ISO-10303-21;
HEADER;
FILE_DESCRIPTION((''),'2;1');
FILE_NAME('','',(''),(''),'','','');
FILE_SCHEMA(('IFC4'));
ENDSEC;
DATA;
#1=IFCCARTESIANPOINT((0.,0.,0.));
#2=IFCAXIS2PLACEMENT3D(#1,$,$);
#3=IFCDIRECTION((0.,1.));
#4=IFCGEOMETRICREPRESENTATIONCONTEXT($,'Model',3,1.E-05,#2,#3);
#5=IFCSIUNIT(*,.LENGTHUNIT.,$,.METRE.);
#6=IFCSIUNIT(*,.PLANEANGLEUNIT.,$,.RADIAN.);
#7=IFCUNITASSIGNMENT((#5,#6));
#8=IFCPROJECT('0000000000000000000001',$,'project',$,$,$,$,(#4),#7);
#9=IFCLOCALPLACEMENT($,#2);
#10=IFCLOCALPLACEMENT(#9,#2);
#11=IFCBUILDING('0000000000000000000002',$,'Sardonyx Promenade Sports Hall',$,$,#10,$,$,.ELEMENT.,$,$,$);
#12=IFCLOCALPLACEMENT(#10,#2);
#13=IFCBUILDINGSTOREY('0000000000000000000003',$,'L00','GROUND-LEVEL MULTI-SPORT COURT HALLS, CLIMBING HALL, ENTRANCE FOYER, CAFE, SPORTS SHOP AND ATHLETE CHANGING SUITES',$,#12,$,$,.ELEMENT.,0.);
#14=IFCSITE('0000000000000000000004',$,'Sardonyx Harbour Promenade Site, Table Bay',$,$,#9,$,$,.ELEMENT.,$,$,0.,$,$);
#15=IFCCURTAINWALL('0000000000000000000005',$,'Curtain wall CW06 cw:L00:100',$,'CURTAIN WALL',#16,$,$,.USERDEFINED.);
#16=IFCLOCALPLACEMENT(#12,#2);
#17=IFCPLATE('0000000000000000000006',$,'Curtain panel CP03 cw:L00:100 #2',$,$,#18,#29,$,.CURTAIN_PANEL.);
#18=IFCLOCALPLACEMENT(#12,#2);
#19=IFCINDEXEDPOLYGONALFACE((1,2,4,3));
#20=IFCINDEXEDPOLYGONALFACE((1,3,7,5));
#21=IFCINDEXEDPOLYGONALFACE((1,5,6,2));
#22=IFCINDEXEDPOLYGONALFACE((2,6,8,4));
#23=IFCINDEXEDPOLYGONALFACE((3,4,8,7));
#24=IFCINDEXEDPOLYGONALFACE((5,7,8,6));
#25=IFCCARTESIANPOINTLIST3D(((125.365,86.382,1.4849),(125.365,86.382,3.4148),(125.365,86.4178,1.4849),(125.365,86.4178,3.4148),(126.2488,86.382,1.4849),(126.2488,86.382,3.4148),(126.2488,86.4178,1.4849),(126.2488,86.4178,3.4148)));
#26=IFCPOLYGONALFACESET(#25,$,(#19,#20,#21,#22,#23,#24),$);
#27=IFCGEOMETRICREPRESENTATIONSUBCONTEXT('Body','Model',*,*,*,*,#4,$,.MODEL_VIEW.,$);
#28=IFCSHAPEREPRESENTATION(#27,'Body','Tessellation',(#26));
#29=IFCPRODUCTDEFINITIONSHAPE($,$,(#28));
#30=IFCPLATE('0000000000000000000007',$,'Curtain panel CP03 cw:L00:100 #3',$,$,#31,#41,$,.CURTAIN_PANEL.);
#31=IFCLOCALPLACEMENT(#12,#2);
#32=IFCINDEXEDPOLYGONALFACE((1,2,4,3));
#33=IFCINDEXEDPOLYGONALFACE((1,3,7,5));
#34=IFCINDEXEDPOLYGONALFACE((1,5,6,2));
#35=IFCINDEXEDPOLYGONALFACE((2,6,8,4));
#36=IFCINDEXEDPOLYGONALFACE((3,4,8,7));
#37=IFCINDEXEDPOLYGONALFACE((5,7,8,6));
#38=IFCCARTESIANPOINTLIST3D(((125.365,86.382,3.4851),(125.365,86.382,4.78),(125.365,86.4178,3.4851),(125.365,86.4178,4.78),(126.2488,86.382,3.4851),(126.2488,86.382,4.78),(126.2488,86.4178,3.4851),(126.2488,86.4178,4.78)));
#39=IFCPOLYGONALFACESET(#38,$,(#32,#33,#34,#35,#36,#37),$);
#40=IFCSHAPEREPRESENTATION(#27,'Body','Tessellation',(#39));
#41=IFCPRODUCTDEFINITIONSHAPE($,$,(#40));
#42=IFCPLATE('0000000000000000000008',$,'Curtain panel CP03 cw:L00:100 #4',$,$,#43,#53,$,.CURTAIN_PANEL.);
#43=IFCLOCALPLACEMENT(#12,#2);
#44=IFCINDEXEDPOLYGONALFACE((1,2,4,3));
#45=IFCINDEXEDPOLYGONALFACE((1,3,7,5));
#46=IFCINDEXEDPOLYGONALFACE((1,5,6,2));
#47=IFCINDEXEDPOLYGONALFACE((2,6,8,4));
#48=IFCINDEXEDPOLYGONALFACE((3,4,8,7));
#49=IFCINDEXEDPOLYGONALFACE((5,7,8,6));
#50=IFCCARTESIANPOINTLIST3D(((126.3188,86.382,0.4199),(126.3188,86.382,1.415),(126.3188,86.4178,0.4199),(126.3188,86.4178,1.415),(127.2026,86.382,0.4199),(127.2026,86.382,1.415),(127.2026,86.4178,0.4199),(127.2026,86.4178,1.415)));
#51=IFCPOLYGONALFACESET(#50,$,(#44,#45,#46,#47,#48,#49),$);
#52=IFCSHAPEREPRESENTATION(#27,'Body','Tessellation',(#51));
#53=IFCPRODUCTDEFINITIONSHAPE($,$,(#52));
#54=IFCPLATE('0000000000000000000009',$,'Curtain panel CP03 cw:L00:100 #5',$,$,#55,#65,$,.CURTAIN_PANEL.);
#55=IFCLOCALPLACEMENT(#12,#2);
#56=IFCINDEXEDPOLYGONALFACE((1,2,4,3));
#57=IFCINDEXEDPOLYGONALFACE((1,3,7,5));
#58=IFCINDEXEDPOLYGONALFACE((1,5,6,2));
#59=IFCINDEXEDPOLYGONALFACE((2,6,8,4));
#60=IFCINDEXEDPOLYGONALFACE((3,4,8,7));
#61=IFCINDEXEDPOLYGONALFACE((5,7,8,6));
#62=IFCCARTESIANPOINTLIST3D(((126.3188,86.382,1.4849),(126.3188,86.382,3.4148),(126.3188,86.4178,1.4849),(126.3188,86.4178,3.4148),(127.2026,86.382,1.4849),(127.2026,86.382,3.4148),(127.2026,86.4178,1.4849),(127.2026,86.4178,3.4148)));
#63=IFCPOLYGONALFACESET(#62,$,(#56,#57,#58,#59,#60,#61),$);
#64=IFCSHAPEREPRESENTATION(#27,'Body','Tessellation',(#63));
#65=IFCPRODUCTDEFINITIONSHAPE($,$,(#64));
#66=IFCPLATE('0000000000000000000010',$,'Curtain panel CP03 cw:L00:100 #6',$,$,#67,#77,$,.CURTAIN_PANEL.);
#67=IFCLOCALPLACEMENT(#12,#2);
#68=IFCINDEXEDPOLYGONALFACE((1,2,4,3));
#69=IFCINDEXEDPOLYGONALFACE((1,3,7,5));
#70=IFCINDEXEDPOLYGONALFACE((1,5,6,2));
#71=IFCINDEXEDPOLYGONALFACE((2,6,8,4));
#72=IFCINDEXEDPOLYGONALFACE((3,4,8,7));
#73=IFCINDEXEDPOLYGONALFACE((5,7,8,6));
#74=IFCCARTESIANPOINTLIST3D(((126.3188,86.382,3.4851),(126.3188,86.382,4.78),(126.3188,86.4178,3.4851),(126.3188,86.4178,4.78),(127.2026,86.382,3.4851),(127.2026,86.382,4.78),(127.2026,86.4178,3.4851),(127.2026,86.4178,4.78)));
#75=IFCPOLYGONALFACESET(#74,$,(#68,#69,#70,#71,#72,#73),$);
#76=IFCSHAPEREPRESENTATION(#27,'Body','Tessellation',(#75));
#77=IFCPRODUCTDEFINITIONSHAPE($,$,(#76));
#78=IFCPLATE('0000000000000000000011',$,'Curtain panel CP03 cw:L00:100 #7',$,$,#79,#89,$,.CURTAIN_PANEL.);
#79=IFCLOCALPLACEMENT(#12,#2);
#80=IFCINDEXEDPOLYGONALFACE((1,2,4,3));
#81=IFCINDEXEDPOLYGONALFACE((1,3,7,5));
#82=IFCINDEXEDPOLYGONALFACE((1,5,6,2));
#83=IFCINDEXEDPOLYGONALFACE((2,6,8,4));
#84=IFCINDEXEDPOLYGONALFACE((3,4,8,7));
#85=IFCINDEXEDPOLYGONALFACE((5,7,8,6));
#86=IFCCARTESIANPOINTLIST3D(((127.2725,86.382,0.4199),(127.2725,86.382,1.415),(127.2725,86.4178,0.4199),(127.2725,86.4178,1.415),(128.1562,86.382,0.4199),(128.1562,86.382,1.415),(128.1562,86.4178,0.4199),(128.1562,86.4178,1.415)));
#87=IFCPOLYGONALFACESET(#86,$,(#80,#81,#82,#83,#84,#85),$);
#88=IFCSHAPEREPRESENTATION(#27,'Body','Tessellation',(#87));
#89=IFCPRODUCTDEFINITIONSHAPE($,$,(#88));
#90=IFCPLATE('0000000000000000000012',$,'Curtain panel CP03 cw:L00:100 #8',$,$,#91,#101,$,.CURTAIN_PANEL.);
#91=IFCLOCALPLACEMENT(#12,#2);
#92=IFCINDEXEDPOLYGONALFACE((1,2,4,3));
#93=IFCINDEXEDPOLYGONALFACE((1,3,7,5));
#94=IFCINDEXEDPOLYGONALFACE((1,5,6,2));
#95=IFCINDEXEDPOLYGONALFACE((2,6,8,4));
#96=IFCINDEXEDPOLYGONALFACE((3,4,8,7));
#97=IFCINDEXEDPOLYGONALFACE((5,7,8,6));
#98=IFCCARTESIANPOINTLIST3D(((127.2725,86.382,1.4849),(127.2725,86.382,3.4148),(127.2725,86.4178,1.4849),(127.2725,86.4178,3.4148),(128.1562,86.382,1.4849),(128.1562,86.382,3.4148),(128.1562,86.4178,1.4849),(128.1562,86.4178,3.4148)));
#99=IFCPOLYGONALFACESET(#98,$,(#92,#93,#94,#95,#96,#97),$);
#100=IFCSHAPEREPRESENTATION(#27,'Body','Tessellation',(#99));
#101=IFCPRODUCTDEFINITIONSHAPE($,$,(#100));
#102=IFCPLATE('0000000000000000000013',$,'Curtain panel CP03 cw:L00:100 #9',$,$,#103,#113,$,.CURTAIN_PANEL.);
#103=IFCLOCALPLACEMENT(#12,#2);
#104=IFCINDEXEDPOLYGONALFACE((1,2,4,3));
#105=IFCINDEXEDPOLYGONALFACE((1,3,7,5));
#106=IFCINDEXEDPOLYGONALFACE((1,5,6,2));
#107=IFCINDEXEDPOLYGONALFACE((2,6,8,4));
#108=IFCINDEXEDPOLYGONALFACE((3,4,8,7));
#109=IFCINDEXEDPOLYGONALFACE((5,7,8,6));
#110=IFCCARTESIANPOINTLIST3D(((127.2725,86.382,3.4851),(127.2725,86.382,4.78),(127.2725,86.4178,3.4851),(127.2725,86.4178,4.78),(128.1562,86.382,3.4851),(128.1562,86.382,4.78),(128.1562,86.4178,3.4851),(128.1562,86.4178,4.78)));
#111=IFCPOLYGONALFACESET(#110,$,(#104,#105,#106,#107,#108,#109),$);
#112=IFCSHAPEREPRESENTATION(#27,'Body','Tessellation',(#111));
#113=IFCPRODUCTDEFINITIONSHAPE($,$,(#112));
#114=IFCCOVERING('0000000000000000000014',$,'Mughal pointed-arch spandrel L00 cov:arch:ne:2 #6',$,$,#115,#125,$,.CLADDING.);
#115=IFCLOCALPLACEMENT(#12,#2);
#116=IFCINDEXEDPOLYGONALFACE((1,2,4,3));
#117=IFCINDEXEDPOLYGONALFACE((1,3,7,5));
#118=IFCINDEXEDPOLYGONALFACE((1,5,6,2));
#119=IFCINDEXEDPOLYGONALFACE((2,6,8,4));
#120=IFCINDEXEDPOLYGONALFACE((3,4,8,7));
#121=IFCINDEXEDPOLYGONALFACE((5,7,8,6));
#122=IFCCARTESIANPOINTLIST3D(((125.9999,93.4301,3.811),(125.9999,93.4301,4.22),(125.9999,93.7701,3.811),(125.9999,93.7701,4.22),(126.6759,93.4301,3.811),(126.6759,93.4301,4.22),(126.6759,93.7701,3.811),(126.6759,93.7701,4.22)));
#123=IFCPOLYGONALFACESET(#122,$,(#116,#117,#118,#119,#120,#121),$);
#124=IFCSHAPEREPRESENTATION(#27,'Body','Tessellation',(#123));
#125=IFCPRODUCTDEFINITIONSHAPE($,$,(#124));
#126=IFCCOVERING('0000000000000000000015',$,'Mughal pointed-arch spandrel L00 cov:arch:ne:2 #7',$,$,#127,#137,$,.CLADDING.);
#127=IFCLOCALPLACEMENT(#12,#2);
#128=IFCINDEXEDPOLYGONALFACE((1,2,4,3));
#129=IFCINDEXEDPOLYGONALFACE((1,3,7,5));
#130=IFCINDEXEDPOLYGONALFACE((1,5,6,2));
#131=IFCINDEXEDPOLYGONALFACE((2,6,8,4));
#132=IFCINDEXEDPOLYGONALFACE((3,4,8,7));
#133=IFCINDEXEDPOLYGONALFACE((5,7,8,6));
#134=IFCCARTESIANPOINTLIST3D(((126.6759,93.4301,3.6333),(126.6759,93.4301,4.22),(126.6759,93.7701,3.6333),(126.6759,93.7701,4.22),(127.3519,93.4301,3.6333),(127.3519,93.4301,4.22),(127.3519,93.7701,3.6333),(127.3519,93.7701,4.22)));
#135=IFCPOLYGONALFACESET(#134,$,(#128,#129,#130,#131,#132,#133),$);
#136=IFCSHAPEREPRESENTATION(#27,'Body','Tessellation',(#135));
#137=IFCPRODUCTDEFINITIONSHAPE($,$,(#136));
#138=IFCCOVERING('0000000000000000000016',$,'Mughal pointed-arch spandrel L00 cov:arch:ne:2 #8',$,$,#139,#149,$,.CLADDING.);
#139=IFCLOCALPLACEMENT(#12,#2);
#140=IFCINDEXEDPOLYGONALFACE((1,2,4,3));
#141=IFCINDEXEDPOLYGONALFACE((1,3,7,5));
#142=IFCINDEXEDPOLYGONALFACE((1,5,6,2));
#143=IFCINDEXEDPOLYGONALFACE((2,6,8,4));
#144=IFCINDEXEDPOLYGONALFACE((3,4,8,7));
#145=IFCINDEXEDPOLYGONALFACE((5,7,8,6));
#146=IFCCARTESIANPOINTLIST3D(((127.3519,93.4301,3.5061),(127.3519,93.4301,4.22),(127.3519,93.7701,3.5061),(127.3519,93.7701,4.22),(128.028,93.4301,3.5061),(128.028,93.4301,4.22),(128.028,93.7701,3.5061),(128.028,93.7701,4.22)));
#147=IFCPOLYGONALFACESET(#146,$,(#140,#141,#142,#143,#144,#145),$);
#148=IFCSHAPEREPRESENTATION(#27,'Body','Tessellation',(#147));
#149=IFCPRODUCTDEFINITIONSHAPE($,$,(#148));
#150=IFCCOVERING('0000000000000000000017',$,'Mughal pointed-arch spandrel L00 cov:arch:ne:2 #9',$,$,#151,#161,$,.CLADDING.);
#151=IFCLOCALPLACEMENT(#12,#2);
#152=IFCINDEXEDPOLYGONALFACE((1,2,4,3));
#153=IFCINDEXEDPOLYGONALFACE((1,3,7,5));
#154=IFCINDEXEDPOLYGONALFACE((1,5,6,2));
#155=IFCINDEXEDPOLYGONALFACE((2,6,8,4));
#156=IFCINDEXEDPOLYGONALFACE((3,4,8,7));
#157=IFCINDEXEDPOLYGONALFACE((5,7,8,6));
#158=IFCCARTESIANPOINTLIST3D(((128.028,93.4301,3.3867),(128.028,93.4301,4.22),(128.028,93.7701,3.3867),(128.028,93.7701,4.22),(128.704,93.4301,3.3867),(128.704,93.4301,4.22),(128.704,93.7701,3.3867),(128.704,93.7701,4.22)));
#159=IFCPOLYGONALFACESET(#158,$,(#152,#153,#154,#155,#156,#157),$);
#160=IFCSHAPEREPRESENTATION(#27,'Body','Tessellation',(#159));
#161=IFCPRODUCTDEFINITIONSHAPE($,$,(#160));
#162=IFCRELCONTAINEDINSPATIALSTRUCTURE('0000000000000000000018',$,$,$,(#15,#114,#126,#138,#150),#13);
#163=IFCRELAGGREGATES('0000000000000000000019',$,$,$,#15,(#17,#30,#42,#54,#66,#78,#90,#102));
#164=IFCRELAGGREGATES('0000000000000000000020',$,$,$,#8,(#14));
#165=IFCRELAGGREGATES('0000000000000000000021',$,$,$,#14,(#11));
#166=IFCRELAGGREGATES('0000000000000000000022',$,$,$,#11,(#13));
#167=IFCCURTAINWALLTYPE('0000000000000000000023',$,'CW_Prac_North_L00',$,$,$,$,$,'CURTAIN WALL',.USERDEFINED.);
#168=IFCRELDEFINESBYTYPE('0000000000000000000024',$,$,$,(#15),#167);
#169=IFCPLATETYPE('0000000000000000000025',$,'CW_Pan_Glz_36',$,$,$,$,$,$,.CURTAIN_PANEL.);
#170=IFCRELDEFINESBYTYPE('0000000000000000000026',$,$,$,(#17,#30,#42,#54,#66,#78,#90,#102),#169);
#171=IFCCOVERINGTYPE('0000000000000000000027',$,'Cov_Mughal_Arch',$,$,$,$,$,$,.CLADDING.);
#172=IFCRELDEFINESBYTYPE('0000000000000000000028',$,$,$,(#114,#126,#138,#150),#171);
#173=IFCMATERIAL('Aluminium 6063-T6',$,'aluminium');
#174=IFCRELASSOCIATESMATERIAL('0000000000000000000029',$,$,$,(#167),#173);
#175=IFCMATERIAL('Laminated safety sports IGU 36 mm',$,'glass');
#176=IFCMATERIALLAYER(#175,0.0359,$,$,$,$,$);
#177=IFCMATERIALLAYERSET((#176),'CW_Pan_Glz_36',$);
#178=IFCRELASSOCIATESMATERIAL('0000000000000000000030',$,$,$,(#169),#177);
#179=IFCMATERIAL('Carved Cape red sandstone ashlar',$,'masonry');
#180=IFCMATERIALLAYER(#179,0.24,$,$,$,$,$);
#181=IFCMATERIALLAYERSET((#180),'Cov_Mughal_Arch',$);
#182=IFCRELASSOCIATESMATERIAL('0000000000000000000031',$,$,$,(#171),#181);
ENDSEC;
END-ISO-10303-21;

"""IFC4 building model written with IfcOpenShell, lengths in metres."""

from ifc_helpers import new_model, si_unit, direction, frame, frame_2d, origin, origin_2d, place, context, subcontext, project, spatial, rectangle, extrude, material, layer, layer_set, type_object, element, aggregate, save


model = new_model("IFC4")

# Units and contexts
model_context = context("Model", 3, precision=1e-05, world=origin(), true_north=direction((0.0, 1.0)))
body_context = subcontext(model_context, "Body", "Model", "MODEL_VIEW")
ifc_project = project(units=[si_unit("LENGTHUNIT", "METRE"), si_unit("PLANEANGLEUNIT", "RADIAN")], contexts=[model_context])

# Site, building, storey
site_placement = place(None, origin())
site = spatial("IfcSite", under=ifc_project, at=site_placement, Name="Sardonyx Harbour Promenade Site, Table Bay", CompositionType="ELEMENT", RefElevation=0.0)
building_placement = place(site_placement, origin())
building = spatial("IfcBuilding", under=site, at=building_placement, Name="Sardonyx Promenade Sports Hall", CompositionType="ELEMENT")
storey_placement = place(building_placement, origin())
storey = spatial("IfcBuildingStorey", under=building, at=storey_placement, Name="L00", Description="GROUND-LEVEL MULTI-SPORT COURT HALLS, CLIMBING HALL, ENTRANCE FOYER, CAFE, SPORTS SHOP AND ATHLETE CHANGING SUITES", CompositionType="ELEMENT", Elevation=0.0)

# Curtain wall, plates
ifc_material_1 = material(Name="Aluminium 6063-T6", Category="aluminium")
curtain_wall_type = type_object("IfcCurtainWallType", Name="CW_Prac_North_L00", ElementType="CURTAIN WALL", PredefinedType="USERDEFINED", material=ifc_material_1)
curtain_wall_placement = place(storey_placement, origin())
curtain_wall = element("IfcCurtainWall", 1, at=curtain_wall_placement, inside=storey, type_object=curtain_wall_type, Name="Curtain wall CW06 cw:L00:100", ObjectType="CURTAIN WALL", PredefinedType="USERDEFINED")
ifc_material_2 = material(Name="Laminated safety sports IGU 36 mm", Category="glass")
ifc_layer_1 = layer(ifc_material_2, 0.0359)
ifc_layer_set_1 = layer_set([ifc_layer_1], Name="CW_Pan_Glz_36")
plate_type = type_object("IfcPlateType", Name="CW_Pan_Glz_36", PredefinedType="CURTAIN_PANEL", material=ifc_layer_set_1)
plate_1_placement = place(storey_placement, frame((125.8069, 86.3999, 1.4849), z_axis=(0.0, 0.0, 1.0), x_axis=(1.0, 0.0, 0.0)))
plate_1 = element("IfcPlate", 2, at=plate_1_placement, type_object=plate_type, Name="Curtain panel CP03 cw:L00:100 #2", PredefinedType="CURTAIN_PANEL", context=body_context, shape_type="SweptSolid", body=[
    extrude(rectangle(XDim=0.8838, YDim=0.0359, at=origin_2d()), origin(), (0.0, 0.0, 1.0), 1.9299),
])
plate_2_placement = place(storey_placement, frame((125.8069, 86.3999, 3.4851), z_axis=(0.0, 0.0, 1.0), x_axis=(1.0, 0.0, 0.0)))
plate_2 = element("IfcPlate", 3, at=plate_2_placement, type_object=plate_type, Name="Curtain panel CP03 cw:L00:100 #3", PredefinedType="CURTAIN_PANEL", context=body_context, shape_type="SweptSolid", body=[
    extrude(rectangle(XDim=0.8838, YDim=0.0359, at=origin_2d()), origin(), (0.0, 0.0, 1.0), 1.2949),
])
plate_3_placement = place(storey_placement, frame((126.7607, 86.3999, 0.4199), z_axis=(0.0, 0.0, 1.0), x_axis=(1.0, 0.0, 0.0)))
plate_3 = element("IfcPlate", 4, at=plate_3_placement, type_object=plate_type, Name="Curtain panel CP03 cw:L00:100 #4", PredefinedType="CURTAIN_PANEL", context=body_context, shape_type="SweptSolid", body=[
    extrude(rectangle(XDim=0.8838, YDim=0.0359, at=origin_2d()), origin(), (0.0, 0.0, 1.0), 0.9951),
])
plate_4_placement = place(storey_placement, frame((126.7607, 86.3999, 1.4849), z_axis=(0.0, 0.0, 1.0), x_axis=(1.0, 0.0, 0.0)))
plate_4 = element("IfcPlate", 5, at=plate_4_placement, type_object=plate_type, Name="Curtain panel CP03 cw:L00:100 #5", PredefinedType="CURTAIN_PANEL", context=body_context, shape_type="SweptSolid", body=[
    extrude(rectangle(XDim=0.8838, YDim=0.0359, at=origin_2d()), origin(), (0.0, 0.0, 1.0), 1.9299),
])
plate_5_placement = place(storey_placement, frame((126.7607, 86.3999, 3.4851), z_axis=(0.0, 0.0, 1.0), x_axis=(1.0, 0.0, 0.0)))
plate_5 = element("IfcPlate", 6, at=plate_5_placement, type_object=plate_type, Name="Curtain panel CP03 cw:L00:100 #6", PredefinedType="CURTAIN_PANEL", context=body_context, shape_type="SweptSolid", body=[
    extrude(rectangle(XDim=0.8838, YDim=0.0359, at=origin_2d()), origin(), (0.0, 0.0, 1.0), 1.2949),
])
plate_6_placement = place(storey_placement, frame((127.7144, 86.3999, 0.4199), z_axis=(0.0, 0.0, 1.0), x_axis=(1.0, 0.0, 0.0)))
plate_6 = element("IfcPlate", 7, at=plate_6_placement, type_object=plate_type, Name="Curtain panel CP03 cw:L00:100 #7", PredefinedType="CURTAIN_PANEL", context=body_context, shape_type="SweptSolid", body=[
    extrude(rectangle(XDim=0.8838, YDim=0.0359, at=origin_2d()), origin(), (0.0, 0.0, 1.0), 0.9951),
])
plate_7_placement = place(storey_placement, frame((127.7144, 86.3999, 1.4849), z_axis=(0.0, 0.0, 1.0), x_axis=(1.0, 0.0, 0.0)))
plate_7 = element("IfcPlate", 8, at=plate_7_placement, type_object=plate_type, Name="Curtain panel CP03 cw:L00:100 #8", PredefinedType="CURTAIN_PANEL", context=body_context, shape_type="SweptSolid", body=[
    extrude(rectangle(XDim=0.8838, YDim=0.0359, at=origin_2d()), origin(), (0.0, 0.0, 1.0), 1.9299),
])
plate_8_placement = place(storey_placement, frame((127.7144, 86.3999, 3.4851), z_axis=(0.0, 0.0, 1.0), x_axis=(1.0, 0.0, 0.0)))
plate_8 = element("IfcPlate", 9, at=plate_8_placement, type_object=plate_type, Name="Curtain panel CP03 cw:L00:100 #9", PredefinedType="CURTAIN_PANEL", context=body_context, shape_type="SweptSolid", body=[
    extrude(rectangle(XDim=0.8838, YDim=0.0359, at=origin_2d()), origin(), (0.0, 0.0, 1.0), 1.2949),
])
aggregate(curtain_wall, [plate_1, plate_2, plate_3, plate_4, plate_5, plate_6, plate_7, plate_8])

# Coverings
ifc_material_3 = material(Name="Carved Cape red sandstone ashlar", Category="masonry")
ifc_layer_2 = layer(ifc_material_3, 0.24)
ifc_layer_set_2 = layer_set([ifc_layer_2], Name="Cov_Mughal_Arch")
covering_type = type_object("IfcCoveringType", Name="Cov_Mughal_Arch", PredefinedType="CLADDING", material=ifc_layer_set_2)
covering_1_placement = place(storey_placement, frame((126.0, 93.6001, 3.811), z_axis=(0.0, 0.0, 1.0), x_axis=(1.0, 0.0, 0.0)))
element("IfcCovering", 10, at=covering_1_placement, inside=storey, type_object=covering_type, Name="Mughal pointed-arch spandrel L00 cov:arch:ne:2 #6", PredefinedType="CLADDING", context=body_context, shape_type="SweptSolid", body=[
    extrude(rectangle(XDim=0.676, YDim=0.3401, at=frame_2d((0.3379, 0.0))), origin(), (0.0, 0.0, 1.0), 0.4089),
])
covering_2_placement = place(storey_placement, frame((126.676, 93.6001, 3.6333), z_axis=(0.0, 0.0, 1.0), x_axis=(1.0, 0.0, 0.0)))
element("IfcCovering", 11, at=covering_2_placement, inside=storey, type_object=covering_type, Name="Mughal pointed-arch spandrel L00 cov:arch:ne:2 #7", PredefinedType="CLADDING", context=body_context, shape_type="SweptSolid", body=[
    extrude(rectangle(XDim=0.676, YDim=0.3401, at=frame_2d((0.3379, 0.0))), origin(), (0.0, 0.0, 1.0), 0.5867),
])
covering_3_placement = place(storey_placement, frame((127.3521, 93.6001, 3.5061), z_axis=(0.0, 0.0, 1.0), x_axis=(1.0, 0.0, 0.0)))
element("IfcCovering", 12, at=covering_3_placement, inside=storey, type_object=covering_type, Name="Mughal pointed-arch spandrel L00 cov:arch:ne:2 #8", PredefinedType="CLADDING", context=body_context, shape_type="SweptSolid", body=[
    extrude(rectangle(XDim=0.676, YDim=0.3401, at=frame_2d((0.3379, 0.0))), origin(), (0.0, 0.0, 1.0), 0.7139),
])
covering_4_placement = place(storey_placement, frame((128.0281, 93.6001, 3.3867), z_axis=(0.0, 0.0, 1.0), x_axis=(1.0, 0.0, 0.0)))
element("IfcCovering", 13, at=covering_4_placement, inside=storey, type_object=covering_type, Name="Mughal pointed-arch spandrel L00 cov:arch:ne:2 #9", PredefinedType="CLADDING", context=body_context, shape_type="SweptSolid", body=[
    extrude(rectangle(XDim=0.676, YDim=0.3401, at=frame_2d((0.3379, 0.0))), origin(), (0.0, 0.0, 1.0), 0.8333),
])

save(model, "model.ifc")
